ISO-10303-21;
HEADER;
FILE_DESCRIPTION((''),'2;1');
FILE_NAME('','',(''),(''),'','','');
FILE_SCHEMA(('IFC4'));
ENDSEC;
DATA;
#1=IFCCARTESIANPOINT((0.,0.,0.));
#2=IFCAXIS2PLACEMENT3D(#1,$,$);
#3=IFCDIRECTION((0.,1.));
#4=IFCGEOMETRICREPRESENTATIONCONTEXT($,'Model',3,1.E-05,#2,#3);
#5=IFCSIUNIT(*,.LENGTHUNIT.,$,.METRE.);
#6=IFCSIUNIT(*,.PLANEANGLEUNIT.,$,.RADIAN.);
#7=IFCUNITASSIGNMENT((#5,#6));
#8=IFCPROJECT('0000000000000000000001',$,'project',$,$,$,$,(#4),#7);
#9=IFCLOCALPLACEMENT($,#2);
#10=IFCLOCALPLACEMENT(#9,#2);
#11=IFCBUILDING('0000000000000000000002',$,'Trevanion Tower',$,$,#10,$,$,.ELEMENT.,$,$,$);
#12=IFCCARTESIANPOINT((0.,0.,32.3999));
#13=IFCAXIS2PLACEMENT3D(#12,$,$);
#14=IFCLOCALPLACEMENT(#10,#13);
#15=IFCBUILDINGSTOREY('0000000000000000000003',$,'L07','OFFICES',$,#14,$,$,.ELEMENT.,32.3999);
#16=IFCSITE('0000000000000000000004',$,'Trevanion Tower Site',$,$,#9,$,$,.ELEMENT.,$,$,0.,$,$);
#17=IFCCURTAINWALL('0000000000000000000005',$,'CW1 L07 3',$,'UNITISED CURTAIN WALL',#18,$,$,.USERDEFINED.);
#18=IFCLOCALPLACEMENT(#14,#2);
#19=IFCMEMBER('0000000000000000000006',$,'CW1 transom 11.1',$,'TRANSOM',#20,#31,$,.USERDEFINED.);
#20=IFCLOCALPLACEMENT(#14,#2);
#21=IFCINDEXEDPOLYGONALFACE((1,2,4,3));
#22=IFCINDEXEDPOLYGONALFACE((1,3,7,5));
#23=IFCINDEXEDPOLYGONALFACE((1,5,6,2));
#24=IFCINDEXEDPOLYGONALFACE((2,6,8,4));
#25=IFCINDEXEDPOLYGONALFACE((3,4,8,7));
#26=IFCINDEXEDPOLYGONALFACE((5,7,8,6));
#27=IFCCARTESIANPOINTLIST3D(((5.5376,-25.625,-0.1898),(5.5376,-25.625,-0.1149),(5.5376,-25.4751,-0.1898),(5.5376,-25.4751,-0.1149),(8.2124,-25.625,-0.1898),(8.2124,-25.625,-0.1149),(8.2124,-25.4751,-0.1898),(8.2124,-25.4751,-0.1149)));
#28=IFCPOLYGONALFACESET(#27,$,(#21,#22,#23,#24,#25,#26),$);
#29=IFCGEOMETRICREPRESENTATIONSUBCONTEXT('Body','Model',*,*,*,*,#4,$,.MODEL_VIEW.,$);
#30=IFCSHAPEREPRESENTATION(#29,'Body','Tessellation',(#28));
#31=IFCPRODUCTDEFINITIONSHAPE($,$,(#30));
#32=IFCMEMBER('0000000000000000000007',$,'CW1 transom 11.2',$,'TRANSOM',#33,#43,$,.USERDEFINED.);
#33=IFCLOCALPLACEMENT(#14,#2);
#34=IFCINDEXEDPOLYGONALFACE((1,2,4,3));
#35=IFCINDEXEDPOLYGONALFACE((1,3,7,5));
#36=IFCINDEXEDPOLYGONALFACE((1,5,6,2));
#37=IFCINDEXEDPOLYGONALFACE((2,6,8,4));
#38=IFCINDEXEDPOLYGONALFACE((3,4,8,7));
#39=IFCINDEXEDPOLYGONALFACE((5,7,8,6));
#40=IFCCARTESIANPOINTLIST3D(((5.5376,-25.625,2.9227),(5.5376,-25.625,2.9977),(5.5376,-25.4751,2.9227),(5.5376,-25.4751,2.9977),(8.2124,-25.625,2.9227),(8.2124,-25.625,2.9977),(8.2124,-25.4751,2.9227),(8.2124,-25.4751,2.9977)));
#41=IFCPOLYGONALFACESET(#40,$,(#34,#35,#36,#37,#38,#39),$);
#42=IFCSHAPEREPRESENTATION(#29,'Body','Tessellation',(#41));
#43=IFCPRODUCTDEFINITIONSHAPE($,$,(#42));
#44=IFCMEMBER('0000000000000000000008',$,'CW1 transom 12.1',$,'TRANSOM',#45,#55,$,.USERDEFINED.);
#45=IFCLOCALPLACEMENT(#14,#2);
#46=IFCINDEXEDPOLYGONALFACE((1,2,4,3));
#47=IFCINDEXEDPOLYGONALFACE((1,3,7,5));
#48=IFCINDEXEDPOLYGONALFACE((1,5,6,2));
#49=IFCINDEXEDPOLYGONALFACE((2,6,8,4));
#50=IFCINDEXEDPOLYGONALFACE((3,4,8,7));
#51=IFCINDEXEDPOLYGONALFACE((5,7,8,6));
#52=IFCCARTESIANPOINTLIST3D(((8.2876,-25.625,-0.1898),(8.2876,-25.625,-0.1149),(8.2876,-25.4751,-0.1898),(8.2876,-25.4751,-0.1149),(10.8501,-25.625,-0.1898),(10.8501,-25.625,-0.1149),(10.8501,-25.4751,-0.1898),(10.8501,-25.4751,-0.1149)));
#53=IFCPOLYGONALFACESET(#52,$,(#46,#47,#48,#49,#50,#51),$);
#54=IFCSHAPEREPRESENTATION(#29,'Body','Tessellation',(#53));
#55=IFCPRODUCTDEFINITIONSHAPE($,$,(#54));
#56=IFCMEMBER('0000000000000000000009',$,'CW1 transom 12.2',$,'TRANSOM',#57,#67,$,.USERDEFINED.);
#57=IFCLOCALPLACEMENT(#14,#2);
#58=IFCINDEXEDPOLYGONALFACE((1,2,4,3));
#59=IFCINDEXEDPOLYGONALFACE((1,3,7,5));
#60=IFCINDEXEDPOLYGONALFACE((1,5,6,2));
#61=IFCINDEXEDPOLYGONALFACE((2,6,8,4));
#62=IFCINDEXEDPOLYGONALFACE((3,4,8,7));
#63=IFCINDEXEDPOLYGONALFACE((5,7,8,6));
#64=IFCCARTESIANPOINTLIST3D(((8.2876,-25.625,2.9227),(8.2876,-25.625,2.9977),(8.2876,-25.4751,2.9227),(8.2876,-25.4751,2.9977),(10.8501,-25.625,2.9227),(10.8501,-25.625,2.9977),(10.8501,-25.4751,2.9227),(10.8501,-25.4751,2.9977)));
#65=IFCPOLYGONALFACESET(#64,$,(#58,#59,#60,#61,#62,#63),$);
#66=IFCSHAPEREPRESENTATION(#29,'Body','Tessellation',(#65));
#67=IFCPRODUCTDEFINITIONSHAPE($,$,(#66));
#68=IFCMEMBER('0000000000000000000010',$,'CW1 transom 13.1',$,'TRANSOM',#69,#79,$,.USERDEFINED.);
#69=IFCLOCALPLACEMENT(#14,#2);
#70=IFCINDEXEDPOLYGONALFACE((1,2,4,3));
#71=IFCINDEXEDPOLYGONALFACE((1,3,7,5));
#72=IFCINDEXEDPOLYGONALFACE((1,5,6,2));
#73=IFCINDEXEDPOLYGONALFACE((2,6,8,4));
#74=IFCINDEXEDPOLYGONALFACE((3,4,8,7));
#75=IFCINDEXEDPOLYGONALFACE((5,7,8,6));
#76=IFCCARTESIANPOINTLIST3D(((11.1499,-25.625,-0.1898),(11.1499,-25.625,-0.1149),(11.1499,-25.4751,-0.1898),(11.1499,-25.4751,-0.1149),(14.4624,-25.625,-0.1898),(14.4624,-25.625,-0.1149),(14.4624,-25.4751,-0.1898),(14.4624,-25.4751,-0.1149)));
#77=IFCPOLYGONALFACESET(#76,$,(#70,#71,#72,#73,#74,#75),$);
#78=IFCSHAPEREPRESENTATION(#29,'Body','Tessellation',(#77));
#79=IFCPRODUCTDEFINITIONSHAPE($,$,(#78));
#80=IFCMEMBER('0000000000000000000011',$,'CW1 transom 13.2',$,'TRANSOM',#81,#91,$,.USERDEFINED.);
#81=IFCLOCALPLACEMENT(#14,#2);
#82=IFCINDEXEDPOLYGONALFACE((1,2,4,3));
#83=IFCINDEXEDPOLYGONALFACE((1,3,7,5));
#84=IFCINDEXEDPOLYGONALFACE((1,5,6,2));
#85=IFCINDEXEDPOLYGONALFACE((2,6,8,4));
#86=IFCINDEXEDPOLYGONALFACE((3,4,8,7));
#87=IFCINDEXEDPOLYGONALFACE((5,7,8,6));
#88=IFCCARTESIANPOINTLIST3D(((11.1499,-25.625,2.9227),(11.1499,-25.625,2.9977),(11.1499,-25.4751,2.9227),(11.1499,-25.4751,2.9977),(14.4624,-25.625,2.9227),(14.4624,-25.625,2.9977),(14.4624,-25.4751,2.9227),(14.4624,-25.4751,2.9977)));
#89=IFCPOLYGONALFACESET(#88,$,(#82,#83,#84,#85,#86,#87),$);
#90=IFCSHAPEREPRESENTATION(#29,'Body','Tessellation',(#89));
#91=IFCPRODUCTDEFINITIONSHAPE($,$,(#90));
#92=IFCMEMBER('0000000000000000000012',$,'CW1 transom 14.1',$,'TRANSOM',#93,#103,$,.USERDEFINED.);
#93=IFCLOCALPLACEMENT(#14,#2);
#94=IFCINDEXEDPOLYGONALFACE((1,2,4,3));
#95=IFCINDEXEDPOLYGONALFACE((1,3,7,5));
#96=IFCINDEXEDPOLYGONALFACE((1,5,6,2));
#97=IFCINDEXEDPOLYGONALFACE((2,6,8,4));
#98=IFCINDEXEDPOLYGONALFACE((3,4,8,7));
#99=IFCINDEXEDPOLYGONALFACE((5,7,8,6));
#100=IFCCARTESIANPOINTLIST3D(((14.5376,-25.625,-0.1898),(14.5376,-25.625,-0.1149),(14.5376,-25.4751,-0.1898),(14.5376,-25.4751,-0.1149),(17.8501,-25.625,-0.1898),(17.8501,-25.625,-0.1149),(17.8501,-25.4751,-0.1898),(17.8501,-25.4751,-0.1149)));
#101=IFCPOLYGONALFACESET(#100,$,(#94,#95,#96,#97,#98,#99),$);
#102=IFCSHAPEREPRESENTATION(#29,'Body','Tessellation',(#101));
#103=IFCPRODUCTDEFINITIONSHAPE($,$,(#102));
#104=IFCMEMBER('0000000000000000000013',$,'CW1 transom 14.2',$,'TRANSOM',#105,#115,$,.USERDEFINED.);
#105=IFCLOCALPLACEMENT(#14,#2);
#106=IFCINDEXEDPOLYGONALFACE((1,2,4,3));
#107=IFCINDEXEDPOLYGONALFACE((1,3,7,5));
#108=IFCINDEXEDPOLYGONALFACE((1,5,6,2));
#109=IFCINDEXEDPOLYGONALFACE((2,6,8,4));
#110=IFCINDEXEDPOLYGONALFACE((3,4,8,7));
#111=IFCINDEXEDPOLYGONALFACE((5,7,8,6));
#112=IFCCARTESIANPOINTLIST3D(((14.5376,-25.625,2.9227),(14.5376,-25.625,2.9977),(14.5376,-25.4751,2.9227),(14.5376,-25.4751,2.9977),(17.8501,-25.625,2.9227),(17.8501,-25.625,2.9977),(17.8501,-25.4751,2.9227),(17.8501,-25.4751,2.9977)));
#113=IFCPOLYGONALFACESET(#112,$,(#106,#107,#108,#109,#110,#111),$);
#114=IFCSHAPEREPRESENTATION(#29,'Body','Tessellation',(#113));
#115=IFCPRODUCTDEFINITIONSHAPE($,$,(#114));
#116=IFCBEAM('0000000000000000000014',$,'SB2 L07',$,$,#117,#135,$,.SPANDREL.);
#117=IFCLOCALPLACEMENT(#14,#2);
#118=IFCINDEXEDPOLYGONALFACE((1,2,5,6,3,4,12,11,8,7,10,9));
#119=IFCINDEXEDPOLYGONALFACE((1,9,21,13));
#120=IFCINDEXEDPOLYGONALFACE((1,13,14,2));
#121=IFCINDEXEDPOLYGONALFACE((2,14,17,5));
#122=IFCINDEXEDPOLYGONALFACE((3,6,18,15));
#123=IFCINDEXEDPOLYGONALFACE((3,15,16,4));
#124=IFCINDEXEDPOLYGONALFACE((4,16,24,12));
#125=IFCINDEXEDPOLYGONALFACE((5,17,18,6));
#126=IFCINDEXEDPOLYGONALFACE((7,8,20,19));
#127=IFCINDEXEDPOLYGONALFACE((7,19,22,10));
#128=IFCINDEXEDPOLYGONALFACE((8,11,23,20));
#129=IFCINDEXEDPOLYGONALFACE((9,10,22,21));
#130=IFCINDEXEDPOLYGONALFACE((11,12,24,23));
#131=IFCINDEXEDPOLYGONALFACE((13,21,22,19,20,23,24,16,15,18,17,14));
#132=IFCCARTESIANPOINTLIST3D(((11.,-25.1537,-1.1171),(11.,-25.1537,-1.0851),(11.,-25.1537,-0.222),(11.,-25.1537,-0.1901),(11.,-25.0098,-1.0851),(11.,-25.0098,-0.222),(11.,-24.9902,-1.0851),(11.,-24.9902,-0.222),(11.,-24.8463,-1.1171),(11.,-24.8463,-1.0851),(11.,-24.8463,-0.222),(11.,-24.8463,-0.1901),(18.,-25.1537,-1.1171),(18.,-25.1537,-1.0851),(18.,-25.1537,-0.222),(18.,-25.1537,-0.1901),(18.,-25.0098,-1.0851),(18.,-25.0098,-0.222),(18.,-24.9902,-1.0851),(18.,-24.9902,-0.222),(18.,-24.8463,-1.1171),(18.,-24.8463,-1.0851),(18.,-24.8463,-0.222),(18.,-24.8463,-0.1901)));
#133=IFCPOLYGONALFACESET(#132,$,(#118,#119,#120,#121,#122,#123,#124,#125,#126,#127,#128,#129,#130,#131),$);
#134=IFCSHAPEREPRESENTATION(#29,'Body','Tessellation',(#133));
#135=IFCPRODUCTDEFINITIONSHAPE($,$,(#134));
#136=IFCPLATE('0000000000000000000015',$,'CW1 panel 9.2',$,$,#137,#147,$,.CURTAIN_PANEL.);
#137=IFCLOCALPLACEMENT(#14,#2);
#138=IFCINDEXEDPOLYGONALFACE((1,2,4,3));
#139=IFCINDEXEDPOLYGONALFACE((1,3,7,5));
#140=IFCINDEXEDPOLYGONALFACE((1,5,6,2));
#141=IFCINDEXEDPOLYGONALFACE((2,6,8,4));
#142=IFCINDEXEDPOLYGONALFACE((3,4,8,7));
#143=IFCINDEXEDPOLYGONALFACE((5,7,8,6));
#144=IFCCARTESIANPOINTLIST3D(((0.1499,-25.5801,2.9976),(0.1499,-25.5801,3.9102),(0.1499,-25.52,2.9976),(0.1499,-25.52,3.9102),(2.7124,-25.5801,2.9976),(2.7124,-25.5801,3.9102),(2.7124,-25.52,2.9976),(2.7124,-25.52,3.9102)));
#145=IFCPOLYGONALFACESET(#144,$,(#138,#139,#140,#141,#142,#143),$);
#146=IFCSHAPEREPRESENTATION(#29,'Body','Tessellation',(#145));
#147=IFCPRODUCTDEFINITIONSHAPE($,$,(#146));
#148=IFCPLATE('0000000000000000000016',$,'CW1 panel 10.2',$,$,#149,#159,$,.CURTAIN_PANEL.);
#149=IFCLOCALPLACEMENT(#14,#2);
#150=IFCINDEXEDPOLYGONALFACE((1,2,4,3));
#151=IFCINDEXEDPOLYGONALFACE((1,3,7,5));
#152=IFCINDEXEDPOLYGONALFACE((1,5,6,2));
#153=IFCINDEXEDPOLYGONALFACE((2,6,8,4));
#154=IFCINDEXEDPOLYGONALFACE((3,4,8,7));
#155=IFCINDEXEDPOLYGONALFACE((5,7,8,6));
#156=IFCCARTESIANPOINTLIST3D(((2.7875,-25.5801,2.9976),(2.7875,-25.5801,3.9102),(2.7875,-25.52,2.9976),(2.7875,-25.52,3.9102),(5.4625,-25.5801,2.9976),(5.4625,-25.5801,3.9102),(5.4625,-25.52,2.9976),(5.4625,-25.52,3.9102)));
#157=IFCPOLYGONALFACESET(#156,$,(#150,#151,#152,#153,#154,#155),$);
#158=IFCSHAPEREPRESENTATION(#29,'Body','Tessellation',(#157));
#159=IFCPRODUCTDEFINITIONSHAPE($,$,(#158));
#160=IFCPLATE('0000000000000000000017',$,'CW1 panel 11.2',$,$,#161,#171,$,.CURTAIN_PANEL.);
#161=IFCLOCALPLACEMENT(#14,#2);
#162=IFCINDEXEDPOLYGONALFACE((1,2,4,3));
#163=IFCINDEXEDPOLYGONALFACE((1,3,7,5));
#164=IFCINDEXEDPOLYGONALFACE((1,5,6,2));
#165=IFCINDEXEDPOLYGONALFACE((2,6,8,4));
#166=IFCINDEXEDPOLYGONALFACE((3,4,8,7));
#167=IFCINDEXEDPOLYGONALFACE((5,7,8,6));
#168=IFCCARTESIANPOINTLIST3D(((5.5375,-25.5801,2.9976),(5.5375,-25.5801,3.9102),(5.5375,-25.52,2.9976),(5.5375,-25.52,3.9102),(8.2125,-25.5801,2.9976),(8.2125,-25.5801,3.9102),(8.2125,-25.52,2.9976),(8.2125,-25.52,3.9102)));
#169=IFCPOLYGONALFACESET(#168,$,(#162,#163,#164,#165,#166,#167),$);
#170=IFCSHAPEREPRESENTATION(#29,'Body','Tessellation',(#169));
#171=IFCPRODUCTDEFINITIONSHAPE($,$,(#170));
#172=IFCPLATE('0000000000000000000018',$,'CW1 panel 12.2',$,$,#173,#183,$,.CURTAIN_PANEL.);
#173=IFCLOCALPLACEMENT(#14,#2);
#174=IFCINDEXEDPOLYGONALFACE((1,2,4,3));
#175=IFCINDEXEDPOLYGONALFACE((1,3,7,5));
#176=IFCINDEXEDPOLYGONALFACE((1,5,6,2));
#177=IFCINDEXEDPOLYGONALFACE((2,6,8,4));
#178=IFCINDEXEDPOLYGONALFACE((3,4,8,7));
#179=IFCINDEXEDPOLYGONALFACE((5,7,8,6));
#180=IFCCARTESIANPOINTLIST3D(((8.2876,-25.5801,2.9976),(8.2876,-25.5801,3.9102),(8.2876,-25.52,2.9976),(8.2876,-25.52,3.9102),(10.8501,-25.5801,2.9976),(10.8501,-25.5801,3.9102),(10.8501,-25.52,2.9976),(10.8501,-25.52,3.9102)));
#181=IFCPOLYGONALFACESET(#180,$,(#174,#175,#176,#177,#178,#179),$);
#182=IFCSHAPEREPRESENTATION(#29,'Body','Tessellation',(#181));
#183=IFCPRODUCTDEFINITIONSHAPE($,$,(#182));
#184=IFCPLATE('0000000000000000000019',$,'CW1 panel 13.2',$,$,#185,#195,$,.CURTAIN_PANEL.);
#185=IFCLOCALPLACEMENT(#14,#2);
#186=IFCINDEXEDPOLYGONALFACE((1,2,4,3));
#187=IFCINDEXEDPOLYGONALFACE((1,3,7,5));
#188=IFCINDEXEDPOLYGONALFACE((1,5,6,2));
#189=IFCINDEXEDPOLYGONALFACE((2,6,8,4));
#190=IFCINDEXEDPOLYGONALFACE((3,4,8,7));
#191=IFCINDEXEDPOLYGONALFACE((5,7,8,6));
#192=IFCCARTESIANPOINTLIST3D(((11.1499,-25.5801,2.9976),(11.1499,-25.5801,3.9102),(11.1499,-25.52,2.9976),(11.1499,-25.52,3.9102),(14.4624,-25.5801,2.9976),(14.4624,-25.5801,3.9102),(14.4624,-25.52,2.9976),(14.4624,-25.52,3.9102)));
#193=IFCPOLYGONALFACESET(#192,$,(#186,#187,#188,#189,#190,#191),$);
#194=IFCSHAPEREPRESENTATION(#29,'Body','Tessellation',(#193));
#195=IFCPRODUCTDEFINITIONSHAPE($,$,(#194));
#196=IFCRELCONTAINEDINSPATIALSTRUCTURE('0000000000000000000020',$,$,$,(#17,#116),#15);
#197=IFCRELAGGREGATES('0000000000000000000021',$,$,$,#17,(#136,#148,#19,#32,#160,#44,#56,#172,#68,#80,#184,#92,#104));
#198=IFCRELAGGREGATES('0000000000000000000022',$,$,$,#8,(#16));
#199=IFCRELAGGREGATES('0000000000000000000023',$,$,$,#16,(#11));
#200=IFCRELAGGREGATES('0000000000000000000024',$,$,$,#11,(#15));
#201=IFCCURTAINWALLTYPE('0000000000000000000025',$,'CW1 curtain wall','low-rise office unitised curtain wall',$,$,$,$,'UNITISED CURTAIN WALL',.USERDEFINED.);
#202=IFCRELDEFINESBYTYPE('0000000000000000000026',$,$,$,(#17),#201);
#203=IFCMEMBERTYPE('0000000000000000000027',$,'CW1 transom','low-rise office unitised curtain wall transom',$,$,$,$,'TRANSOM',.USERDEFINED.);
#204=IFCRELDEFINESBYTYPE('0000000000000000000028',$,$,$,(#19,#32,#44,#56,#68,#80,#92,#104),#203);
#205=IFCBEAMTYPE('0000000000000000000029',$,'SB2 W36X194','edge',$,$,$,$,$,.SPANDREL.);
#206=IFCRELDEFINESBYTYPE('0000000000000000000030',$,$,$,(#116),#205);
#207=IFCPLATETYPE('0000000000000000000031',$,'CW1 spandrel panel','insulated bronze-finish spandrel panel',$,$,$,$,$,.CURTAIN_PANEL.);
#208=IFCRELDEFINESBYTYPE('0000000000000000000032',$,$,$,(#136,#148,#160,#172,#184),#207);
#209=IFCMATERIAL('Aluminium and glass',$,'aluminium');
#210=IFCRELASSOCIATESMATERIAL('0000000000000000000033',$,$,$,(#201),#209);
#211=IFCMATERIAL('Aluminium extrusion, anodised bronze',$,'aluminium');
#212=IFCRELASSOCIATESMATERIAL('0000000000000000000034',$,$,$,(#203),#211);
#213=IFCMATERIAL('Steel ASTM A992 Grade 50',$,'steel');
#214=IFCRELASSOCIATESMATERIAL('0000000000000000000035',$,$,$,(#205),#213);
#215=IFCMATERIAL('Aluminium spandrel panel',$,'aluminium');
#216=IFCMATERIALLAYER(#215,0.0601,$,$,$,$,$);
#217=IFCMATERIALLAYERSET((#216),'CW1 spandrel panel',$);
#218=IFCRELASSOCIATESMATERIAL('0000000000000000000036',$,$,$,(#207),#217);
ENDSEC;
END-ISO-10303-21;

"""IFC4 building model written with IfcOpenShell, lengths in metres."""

from ifc_helpers import new_model, si_unit, direction, frame, origin, origin_2d, place, context, subcontext, project, spatial, rectangle, i_section, extrude, material, layer, layer_set, material_profile, profile_set, type_object, element, aggregate, save


model = new_model("IFC4")

# Units and contexts
model_context = context("Model", 3, precision=1e-05, world=origin(), true_north=direction((0.0, 1.0)))
body_context = subcontext(model_context, "Body", "Model", "MODEL_VIEW")
ifc_project = project(units=[si_unit("LENGTHUNIT", "METRE"), si_unit("PLANEANGLEUNIT", "RADIAN")], contexts=[model_context])

# Site, building, storey
site_placement = place(None, origin())
site = spatial("IfcSite", under=ifc_project, at=site_placement, Name="Trevanion Tower Site", CompositionType="ELEMENT", RefElevation=0.0)
building_placement = place(site_placement, origin())
building = spatial("IfcBuilding", under=site, at=building_placement, Name="Trevanion Tower", CompositionType="ELEMENT")
storey_placement = place(building_placement, frame((0.0, 0.0, 32.3999)))
storey = spatial("IfcBuildingStorey", under=building, at=storey_placement, Name="L07", Description="OFFICES", CompositionType="ELEMENT", Elevation=32.3999)

# Curtain wall, members
ifc_material_1 = material(Name="Aluminium and glass", Category="aluminium")
curtain_wall_type = type_object("IfcCurtainWallType", Name="CW1 curtain wall", Description="low-rise office unitised curtain wall", ElementType="UNITISED CURTAIN WALL", PredefinedType="USERDEFINED", material=ifc_material_1)
curtain_wall_placement = place(storey_placement, origin())
curtain_wall = element("IfcCurtainWall", 1, at=curtain_wall_placement, inside=storey, type_object=curtain_wall_type, Name="CW1 L07 3", ObjectType="UNITISED CURTAIN WALL", PredefinedType="USERDEFINED")
ifc_material_2 = material(Name="Aluminium extrusion, anodised bronze", Category="aluminium")
ifc_material_profile_1 = material_profile(ifc_material_2, rectangle(XDim=0.1499, YDim=0.075, at=origin_2d()), Name="CW1 transom")
ifc_profile_set_1 = profile_set([ifc_material_profile_1], Name="Aluminium extrusion, anodised bronze")
member_type_1 = type_object("IfcMemberType", Name="CW1 transom", Description="low-rise office unitised curtain wall transom", ElementType="TRANSOM", PredefinedType="USERDEFINED", material=ifc_profile_set_1)
member_1_placement = place(storey_placement, frame((5.5376, -25.55, -0.1523), z_axis=(1.0, 0.0, 0.0), x_axis=(0.0, 1.0, 0.0)))
member_1 = element("IfcMember", 2, at=member_1_placement, type_object=member_type_1, Name="CW1 transom 11.1", ObjectType="TRANSOM", PredefinedType="USERDEFINED", context=body_context, shape_type="SweptSolid", body=[
    extrude(rectangle(XDim=0.1499, YDim=0.075, at=origin_2d()), origin(), (0.0, 0.0, 1.0), 2.6748),
])
member_2_placement = place(storey_placement, frame((5.5376, -25.55, 2.9602), z_axis=(1.0, 0.0, 0.0), x_axis=(0.0, 1.0, 0.0)))
member_2 = element("IfcMember", 3, at=member_2_placement, type_object=member_type_1, Name="CW1 transom 11.2", ObjectType="TRANSOM", PredefinedType="USERDEFINED", context=body_context, shape_type="SweptSolid", body=[
    extrude(rectangle(XDim=0.1499, YDim=0.075, at=origin_2d()), origin(), (0.0, 0.0, 1.0), 2.6748),
])
member_3_placement = place(storey_placement, frame((8.2876, -25.55, -0.1523), z_axis=(1.0, 0.0, 0.0), x_axis=(0.0, 1.0, 0.0)))
member_3 = element("IfcMember", 4, at=member_3_placement, type_object=member_type_1, Name="CW1 transom 12.1", ObjectType="TRANSOM", PredefinedType="USERDEFINED", context=body_context, shape_type="SweptSolid", body=[
    extrude(rectangle(XDim=0.1499, YDim=0.075, at=origin_2d()), origin(), (0.0, 0.0, 1.0), 2.5625),
])
member_4_placement = place(storey_placement, frame((8.2876, -25.55, 2.9602), z_axis=(1.0, 0.0, 0.0), x_axis=(0.0, 1.0, 0.0)))
member_4 = element("IfcMember", 5, at=member_4_placement, type_object=member_type_1, Name="CW1 transom 12.2", ObjectType="TRANSOM", PredefinedType="USERDEFINED", context=body_context, shape_type="SweptSolid", body=[
    extrude(rectangle(XDim=0.1499, YDim=0.075, at=origin_2d()), origin(), (0.0, 0.0, 1.0), 2.5625),
])
member_5_placement = place(storey_placement, frame((11.1499, -25.55, -0.1523), z_axis=(1.0, 0.0, 0.0), x_axis=(0.0, 1.0, 0.0)))
member_5 = element("IfcMember", 6, at=member_5_placement, type_object=member_type_1, Name="CW1 transom 13.1", ObjectType="TRANSOM", PredefinedType="USERDEFINED", context=body_context, shape_type="SweptSolid", body=[
    extrude(rectangle(XDim=0.1499, YDim=0.075, at=origin_2d()), origin(), (0.0, 0.0, 1.0), 3.3125),
])
member_6_placement = place(storey_placement, frame((11.1499, -25.55, 2.9602), z_axis=(1.0, 0.0, 0.0), x_axis=(0.0, 1.0, 0.0)))
member_6 = element("IfcMember", 7, at=member_6_placement, type_object=member_type_1, Name="CW1 transom 13.2", ObjectType="TRANSOM", PredefinedType="USERDEFINED", context=body_context, shape_type="SweptSolid", body=[
    extrude(rectangle(XDim=0.1499, YDim=0.075, at=origin_2d()), origin(), (0.0, 0.0, 1.0), 3.3125),
])
member_7_placement = place(storey_placement, frame((14.5376, -25.55, -0.1523), z_axis=(1.0, 0.0, 0.0), x_axis=(0.0, 1.0, 0.0)))
member_7 = element("IfcMember", 8, at=member_7_placement, type_object=member_type_1, Name="CW1 transom 14.1", ObjectType="TRANSOM", PredefinedType="USERDEFINED", context=body_context, shape_type="SweptSolid", body=[
    extrude(rectangle(XDim=0.1499, YDim=0.075, at=origin_2d()), origin(), (0.0, 0.0, 1.0), 3.3125),
])
member_8_placement = place(storey_placement, frame((14.5376, -25.55, 2.9602), z_axis=(1.0, 0.0, 0.0), x_axis=(0.0, 1.0, 0.0)))
member_8 = element("IfcMember", 9, at=member_8_placement, type_object=member_type_1, Name="CW1 transom 14.2", ObjectType="TRANSOM", PredefinedType="USERDEFINED", context=body_context, shape_type="SweptSolid", body=[
    extrude(rectangle(XDim=0.1499, YDim=0.075, at=origin_2d()), origin(), (0.0, 0.0, 1.0), 3.3125),
])

# Beam
ifc_material_3 = material(Name="Steel ASTM A992 Grade 50", Category="steel")
ifc_material_profile_2 = material_profile(ifc_material_3, i_section(OverallWidth=0.3074, OverallDepth=0.927, WebThickness=0.0195, FlangeThickness=0.032, at=origin_2d()), Name="W36X194")
ifc_profile_set_2 = profile_set([ifc_material_profile_2], Name="Steel ASTM A992 Grade 50")
beam_type_1 = type_object("IfcBeamType", Name="SB2 W36X194", Description="edge", PredefinedType="SPANDREL", material=ifc_profile_set_2)
beam_placement = place(storey_placement, frame((11.0, -25.0, -0.6536), z_axis=(1.0, 0.0, 0.0), x_axis=(0.0, 1.0, 0.0)))
element("IfcBeam", 10, at=beam_placement, inside=storey, type_object=beam_type_1, Name="SB2 L07", PredefinedType="SPANDREL", context=body_context, shape_type="SweptSolid", body=[
    extrude(i_section(OverallWidth=0.3074, OverallDepth=0.927, WebThickness=0.0195, FlangeThickness=0.032, at=origin_2d()), origin(), (0.0, 0.0, 1.0), 7.0),
])

# Plates
ifc_material_4 = material(Name="Aluminium spandrel panel", Category="aluminium")
ifc_layer_1 = layer(ifc_material_4, 0.0601)
ifc_layer_set_1 = layer_set([ifc_layer_1], Name="CW1 spandrel panel")
plate_type_1 = type_object("IfcPlateType", Name="CW1 spandrel panel", Description="insulated bronze-finish spandrel panel", PredefinedType="CURTAIN_PANEL", material=ifc_layer_set_1)
plate_1_placement = place(storey_placement, frame((1.4312, -25.55, 2.9976), z_axis=(0.0, 0.0, 1.0), x_axis=(1.0, 0.0, 0.0)))
plate_1 = element("IfcPlate", 11, at=plate_1_placement, type_object=plate_type_1, Name="CW1 panel 9.2", PredefinedType="CURTAIN_PANEL", context=body_context, shape_type="SweptSolid", body=[
    extrude(rectangle(XDim=2.5625, YDim=0.0601, at=origin_2d()), origin(), (0.0, 0.0, 1.0), 0.9126),
])
plate_2_placement = place(storey_placement, frame((4.125, -25.55, 2.9976), z_axis=(0.0, 0.0, 1.0), x_axis=(1.0, 0.0, 0.0)))
plate_2 = element("IfcPlate", 12, at=plate_2_placement, type_object=plate_type_1, Name="CW1 panel 10.2", PredefinedType="CURTAIN_PANEL", context=body_context, shape_type="SweptSolid", body=[
    extrude(rectangle(XDim=2.675, YDim=0.0601, at=origin_2d()), origin(), (0.0, 0.0, 1.0), 0.9126),
])
plate_3_placement = place(storey_placement, frame((6.875, -25.55, 2.9976), z_axis=(0.0, 0.0, 1.0), x_axis=(1.0, 0.0, 0.0)))
plate_3 = element("IfcPlate", 13, at=plate_3_placement, type_object=plate_type_1, Name="CW1 panel 11.2", PredefinedType="CURTAIN_PANEL", context=body_context, shape_type="SweptSolid", body=[
    extrude(rectangle(XDim=2.675, YDim=0.0601, at=origin_2d()), origin(), (0.0, 0.0, 1.0), 0.9126),
])
plate_4_placement = place(storey_placement, frame((9.5688, -25.55, 2.9976), z_axis=(0.0, 0.0, 1.0), x_axis=(1.0, 0.0, 0.0)))
plate_4 = element("IfcPlate", 14, at=plate_4_placement, type_object=plate_type_1, Name="CW1 panel 12.2", PredefinedType="CURTAIN_PANEL", context=body_context, shape_type="SweptSolid", body=[
    extrude(rectangle(XDim=2.5625, YDim=0.0601, at=origin_2d()), origin(), (0.0, 0.0, 1.0), 0.9126),
])
plate_5_placement = place(storey_placement, frame((12.8062, -25.55, 2.9976), z_axis=(0.0, 0.0, 1.0), x_axis=(1.0, 0.0, 0.0)))
plate_5 = element("IfcPlate", 15, at=plate_5_placement, type_object=plate_type_1, Name="CW1 panel 13.2", PredefinedType="CURTAIN_PANEL", context=body_context, shape_type="SweptSolid", body=[
    extrude(rectangle(XDim=3.3125, YDim=0.0601, at=origin_2d()), origin(), (0.0, 0.0, 1.0), 0.9126),
])
aggregate(curtain_wall, [plate_1, plate_2, member_1, member_2, plate_3, member_3, member_4, plate_4, member_5, member_6, plate_5, member_7, member_8])

save(model, "model.ifc")
